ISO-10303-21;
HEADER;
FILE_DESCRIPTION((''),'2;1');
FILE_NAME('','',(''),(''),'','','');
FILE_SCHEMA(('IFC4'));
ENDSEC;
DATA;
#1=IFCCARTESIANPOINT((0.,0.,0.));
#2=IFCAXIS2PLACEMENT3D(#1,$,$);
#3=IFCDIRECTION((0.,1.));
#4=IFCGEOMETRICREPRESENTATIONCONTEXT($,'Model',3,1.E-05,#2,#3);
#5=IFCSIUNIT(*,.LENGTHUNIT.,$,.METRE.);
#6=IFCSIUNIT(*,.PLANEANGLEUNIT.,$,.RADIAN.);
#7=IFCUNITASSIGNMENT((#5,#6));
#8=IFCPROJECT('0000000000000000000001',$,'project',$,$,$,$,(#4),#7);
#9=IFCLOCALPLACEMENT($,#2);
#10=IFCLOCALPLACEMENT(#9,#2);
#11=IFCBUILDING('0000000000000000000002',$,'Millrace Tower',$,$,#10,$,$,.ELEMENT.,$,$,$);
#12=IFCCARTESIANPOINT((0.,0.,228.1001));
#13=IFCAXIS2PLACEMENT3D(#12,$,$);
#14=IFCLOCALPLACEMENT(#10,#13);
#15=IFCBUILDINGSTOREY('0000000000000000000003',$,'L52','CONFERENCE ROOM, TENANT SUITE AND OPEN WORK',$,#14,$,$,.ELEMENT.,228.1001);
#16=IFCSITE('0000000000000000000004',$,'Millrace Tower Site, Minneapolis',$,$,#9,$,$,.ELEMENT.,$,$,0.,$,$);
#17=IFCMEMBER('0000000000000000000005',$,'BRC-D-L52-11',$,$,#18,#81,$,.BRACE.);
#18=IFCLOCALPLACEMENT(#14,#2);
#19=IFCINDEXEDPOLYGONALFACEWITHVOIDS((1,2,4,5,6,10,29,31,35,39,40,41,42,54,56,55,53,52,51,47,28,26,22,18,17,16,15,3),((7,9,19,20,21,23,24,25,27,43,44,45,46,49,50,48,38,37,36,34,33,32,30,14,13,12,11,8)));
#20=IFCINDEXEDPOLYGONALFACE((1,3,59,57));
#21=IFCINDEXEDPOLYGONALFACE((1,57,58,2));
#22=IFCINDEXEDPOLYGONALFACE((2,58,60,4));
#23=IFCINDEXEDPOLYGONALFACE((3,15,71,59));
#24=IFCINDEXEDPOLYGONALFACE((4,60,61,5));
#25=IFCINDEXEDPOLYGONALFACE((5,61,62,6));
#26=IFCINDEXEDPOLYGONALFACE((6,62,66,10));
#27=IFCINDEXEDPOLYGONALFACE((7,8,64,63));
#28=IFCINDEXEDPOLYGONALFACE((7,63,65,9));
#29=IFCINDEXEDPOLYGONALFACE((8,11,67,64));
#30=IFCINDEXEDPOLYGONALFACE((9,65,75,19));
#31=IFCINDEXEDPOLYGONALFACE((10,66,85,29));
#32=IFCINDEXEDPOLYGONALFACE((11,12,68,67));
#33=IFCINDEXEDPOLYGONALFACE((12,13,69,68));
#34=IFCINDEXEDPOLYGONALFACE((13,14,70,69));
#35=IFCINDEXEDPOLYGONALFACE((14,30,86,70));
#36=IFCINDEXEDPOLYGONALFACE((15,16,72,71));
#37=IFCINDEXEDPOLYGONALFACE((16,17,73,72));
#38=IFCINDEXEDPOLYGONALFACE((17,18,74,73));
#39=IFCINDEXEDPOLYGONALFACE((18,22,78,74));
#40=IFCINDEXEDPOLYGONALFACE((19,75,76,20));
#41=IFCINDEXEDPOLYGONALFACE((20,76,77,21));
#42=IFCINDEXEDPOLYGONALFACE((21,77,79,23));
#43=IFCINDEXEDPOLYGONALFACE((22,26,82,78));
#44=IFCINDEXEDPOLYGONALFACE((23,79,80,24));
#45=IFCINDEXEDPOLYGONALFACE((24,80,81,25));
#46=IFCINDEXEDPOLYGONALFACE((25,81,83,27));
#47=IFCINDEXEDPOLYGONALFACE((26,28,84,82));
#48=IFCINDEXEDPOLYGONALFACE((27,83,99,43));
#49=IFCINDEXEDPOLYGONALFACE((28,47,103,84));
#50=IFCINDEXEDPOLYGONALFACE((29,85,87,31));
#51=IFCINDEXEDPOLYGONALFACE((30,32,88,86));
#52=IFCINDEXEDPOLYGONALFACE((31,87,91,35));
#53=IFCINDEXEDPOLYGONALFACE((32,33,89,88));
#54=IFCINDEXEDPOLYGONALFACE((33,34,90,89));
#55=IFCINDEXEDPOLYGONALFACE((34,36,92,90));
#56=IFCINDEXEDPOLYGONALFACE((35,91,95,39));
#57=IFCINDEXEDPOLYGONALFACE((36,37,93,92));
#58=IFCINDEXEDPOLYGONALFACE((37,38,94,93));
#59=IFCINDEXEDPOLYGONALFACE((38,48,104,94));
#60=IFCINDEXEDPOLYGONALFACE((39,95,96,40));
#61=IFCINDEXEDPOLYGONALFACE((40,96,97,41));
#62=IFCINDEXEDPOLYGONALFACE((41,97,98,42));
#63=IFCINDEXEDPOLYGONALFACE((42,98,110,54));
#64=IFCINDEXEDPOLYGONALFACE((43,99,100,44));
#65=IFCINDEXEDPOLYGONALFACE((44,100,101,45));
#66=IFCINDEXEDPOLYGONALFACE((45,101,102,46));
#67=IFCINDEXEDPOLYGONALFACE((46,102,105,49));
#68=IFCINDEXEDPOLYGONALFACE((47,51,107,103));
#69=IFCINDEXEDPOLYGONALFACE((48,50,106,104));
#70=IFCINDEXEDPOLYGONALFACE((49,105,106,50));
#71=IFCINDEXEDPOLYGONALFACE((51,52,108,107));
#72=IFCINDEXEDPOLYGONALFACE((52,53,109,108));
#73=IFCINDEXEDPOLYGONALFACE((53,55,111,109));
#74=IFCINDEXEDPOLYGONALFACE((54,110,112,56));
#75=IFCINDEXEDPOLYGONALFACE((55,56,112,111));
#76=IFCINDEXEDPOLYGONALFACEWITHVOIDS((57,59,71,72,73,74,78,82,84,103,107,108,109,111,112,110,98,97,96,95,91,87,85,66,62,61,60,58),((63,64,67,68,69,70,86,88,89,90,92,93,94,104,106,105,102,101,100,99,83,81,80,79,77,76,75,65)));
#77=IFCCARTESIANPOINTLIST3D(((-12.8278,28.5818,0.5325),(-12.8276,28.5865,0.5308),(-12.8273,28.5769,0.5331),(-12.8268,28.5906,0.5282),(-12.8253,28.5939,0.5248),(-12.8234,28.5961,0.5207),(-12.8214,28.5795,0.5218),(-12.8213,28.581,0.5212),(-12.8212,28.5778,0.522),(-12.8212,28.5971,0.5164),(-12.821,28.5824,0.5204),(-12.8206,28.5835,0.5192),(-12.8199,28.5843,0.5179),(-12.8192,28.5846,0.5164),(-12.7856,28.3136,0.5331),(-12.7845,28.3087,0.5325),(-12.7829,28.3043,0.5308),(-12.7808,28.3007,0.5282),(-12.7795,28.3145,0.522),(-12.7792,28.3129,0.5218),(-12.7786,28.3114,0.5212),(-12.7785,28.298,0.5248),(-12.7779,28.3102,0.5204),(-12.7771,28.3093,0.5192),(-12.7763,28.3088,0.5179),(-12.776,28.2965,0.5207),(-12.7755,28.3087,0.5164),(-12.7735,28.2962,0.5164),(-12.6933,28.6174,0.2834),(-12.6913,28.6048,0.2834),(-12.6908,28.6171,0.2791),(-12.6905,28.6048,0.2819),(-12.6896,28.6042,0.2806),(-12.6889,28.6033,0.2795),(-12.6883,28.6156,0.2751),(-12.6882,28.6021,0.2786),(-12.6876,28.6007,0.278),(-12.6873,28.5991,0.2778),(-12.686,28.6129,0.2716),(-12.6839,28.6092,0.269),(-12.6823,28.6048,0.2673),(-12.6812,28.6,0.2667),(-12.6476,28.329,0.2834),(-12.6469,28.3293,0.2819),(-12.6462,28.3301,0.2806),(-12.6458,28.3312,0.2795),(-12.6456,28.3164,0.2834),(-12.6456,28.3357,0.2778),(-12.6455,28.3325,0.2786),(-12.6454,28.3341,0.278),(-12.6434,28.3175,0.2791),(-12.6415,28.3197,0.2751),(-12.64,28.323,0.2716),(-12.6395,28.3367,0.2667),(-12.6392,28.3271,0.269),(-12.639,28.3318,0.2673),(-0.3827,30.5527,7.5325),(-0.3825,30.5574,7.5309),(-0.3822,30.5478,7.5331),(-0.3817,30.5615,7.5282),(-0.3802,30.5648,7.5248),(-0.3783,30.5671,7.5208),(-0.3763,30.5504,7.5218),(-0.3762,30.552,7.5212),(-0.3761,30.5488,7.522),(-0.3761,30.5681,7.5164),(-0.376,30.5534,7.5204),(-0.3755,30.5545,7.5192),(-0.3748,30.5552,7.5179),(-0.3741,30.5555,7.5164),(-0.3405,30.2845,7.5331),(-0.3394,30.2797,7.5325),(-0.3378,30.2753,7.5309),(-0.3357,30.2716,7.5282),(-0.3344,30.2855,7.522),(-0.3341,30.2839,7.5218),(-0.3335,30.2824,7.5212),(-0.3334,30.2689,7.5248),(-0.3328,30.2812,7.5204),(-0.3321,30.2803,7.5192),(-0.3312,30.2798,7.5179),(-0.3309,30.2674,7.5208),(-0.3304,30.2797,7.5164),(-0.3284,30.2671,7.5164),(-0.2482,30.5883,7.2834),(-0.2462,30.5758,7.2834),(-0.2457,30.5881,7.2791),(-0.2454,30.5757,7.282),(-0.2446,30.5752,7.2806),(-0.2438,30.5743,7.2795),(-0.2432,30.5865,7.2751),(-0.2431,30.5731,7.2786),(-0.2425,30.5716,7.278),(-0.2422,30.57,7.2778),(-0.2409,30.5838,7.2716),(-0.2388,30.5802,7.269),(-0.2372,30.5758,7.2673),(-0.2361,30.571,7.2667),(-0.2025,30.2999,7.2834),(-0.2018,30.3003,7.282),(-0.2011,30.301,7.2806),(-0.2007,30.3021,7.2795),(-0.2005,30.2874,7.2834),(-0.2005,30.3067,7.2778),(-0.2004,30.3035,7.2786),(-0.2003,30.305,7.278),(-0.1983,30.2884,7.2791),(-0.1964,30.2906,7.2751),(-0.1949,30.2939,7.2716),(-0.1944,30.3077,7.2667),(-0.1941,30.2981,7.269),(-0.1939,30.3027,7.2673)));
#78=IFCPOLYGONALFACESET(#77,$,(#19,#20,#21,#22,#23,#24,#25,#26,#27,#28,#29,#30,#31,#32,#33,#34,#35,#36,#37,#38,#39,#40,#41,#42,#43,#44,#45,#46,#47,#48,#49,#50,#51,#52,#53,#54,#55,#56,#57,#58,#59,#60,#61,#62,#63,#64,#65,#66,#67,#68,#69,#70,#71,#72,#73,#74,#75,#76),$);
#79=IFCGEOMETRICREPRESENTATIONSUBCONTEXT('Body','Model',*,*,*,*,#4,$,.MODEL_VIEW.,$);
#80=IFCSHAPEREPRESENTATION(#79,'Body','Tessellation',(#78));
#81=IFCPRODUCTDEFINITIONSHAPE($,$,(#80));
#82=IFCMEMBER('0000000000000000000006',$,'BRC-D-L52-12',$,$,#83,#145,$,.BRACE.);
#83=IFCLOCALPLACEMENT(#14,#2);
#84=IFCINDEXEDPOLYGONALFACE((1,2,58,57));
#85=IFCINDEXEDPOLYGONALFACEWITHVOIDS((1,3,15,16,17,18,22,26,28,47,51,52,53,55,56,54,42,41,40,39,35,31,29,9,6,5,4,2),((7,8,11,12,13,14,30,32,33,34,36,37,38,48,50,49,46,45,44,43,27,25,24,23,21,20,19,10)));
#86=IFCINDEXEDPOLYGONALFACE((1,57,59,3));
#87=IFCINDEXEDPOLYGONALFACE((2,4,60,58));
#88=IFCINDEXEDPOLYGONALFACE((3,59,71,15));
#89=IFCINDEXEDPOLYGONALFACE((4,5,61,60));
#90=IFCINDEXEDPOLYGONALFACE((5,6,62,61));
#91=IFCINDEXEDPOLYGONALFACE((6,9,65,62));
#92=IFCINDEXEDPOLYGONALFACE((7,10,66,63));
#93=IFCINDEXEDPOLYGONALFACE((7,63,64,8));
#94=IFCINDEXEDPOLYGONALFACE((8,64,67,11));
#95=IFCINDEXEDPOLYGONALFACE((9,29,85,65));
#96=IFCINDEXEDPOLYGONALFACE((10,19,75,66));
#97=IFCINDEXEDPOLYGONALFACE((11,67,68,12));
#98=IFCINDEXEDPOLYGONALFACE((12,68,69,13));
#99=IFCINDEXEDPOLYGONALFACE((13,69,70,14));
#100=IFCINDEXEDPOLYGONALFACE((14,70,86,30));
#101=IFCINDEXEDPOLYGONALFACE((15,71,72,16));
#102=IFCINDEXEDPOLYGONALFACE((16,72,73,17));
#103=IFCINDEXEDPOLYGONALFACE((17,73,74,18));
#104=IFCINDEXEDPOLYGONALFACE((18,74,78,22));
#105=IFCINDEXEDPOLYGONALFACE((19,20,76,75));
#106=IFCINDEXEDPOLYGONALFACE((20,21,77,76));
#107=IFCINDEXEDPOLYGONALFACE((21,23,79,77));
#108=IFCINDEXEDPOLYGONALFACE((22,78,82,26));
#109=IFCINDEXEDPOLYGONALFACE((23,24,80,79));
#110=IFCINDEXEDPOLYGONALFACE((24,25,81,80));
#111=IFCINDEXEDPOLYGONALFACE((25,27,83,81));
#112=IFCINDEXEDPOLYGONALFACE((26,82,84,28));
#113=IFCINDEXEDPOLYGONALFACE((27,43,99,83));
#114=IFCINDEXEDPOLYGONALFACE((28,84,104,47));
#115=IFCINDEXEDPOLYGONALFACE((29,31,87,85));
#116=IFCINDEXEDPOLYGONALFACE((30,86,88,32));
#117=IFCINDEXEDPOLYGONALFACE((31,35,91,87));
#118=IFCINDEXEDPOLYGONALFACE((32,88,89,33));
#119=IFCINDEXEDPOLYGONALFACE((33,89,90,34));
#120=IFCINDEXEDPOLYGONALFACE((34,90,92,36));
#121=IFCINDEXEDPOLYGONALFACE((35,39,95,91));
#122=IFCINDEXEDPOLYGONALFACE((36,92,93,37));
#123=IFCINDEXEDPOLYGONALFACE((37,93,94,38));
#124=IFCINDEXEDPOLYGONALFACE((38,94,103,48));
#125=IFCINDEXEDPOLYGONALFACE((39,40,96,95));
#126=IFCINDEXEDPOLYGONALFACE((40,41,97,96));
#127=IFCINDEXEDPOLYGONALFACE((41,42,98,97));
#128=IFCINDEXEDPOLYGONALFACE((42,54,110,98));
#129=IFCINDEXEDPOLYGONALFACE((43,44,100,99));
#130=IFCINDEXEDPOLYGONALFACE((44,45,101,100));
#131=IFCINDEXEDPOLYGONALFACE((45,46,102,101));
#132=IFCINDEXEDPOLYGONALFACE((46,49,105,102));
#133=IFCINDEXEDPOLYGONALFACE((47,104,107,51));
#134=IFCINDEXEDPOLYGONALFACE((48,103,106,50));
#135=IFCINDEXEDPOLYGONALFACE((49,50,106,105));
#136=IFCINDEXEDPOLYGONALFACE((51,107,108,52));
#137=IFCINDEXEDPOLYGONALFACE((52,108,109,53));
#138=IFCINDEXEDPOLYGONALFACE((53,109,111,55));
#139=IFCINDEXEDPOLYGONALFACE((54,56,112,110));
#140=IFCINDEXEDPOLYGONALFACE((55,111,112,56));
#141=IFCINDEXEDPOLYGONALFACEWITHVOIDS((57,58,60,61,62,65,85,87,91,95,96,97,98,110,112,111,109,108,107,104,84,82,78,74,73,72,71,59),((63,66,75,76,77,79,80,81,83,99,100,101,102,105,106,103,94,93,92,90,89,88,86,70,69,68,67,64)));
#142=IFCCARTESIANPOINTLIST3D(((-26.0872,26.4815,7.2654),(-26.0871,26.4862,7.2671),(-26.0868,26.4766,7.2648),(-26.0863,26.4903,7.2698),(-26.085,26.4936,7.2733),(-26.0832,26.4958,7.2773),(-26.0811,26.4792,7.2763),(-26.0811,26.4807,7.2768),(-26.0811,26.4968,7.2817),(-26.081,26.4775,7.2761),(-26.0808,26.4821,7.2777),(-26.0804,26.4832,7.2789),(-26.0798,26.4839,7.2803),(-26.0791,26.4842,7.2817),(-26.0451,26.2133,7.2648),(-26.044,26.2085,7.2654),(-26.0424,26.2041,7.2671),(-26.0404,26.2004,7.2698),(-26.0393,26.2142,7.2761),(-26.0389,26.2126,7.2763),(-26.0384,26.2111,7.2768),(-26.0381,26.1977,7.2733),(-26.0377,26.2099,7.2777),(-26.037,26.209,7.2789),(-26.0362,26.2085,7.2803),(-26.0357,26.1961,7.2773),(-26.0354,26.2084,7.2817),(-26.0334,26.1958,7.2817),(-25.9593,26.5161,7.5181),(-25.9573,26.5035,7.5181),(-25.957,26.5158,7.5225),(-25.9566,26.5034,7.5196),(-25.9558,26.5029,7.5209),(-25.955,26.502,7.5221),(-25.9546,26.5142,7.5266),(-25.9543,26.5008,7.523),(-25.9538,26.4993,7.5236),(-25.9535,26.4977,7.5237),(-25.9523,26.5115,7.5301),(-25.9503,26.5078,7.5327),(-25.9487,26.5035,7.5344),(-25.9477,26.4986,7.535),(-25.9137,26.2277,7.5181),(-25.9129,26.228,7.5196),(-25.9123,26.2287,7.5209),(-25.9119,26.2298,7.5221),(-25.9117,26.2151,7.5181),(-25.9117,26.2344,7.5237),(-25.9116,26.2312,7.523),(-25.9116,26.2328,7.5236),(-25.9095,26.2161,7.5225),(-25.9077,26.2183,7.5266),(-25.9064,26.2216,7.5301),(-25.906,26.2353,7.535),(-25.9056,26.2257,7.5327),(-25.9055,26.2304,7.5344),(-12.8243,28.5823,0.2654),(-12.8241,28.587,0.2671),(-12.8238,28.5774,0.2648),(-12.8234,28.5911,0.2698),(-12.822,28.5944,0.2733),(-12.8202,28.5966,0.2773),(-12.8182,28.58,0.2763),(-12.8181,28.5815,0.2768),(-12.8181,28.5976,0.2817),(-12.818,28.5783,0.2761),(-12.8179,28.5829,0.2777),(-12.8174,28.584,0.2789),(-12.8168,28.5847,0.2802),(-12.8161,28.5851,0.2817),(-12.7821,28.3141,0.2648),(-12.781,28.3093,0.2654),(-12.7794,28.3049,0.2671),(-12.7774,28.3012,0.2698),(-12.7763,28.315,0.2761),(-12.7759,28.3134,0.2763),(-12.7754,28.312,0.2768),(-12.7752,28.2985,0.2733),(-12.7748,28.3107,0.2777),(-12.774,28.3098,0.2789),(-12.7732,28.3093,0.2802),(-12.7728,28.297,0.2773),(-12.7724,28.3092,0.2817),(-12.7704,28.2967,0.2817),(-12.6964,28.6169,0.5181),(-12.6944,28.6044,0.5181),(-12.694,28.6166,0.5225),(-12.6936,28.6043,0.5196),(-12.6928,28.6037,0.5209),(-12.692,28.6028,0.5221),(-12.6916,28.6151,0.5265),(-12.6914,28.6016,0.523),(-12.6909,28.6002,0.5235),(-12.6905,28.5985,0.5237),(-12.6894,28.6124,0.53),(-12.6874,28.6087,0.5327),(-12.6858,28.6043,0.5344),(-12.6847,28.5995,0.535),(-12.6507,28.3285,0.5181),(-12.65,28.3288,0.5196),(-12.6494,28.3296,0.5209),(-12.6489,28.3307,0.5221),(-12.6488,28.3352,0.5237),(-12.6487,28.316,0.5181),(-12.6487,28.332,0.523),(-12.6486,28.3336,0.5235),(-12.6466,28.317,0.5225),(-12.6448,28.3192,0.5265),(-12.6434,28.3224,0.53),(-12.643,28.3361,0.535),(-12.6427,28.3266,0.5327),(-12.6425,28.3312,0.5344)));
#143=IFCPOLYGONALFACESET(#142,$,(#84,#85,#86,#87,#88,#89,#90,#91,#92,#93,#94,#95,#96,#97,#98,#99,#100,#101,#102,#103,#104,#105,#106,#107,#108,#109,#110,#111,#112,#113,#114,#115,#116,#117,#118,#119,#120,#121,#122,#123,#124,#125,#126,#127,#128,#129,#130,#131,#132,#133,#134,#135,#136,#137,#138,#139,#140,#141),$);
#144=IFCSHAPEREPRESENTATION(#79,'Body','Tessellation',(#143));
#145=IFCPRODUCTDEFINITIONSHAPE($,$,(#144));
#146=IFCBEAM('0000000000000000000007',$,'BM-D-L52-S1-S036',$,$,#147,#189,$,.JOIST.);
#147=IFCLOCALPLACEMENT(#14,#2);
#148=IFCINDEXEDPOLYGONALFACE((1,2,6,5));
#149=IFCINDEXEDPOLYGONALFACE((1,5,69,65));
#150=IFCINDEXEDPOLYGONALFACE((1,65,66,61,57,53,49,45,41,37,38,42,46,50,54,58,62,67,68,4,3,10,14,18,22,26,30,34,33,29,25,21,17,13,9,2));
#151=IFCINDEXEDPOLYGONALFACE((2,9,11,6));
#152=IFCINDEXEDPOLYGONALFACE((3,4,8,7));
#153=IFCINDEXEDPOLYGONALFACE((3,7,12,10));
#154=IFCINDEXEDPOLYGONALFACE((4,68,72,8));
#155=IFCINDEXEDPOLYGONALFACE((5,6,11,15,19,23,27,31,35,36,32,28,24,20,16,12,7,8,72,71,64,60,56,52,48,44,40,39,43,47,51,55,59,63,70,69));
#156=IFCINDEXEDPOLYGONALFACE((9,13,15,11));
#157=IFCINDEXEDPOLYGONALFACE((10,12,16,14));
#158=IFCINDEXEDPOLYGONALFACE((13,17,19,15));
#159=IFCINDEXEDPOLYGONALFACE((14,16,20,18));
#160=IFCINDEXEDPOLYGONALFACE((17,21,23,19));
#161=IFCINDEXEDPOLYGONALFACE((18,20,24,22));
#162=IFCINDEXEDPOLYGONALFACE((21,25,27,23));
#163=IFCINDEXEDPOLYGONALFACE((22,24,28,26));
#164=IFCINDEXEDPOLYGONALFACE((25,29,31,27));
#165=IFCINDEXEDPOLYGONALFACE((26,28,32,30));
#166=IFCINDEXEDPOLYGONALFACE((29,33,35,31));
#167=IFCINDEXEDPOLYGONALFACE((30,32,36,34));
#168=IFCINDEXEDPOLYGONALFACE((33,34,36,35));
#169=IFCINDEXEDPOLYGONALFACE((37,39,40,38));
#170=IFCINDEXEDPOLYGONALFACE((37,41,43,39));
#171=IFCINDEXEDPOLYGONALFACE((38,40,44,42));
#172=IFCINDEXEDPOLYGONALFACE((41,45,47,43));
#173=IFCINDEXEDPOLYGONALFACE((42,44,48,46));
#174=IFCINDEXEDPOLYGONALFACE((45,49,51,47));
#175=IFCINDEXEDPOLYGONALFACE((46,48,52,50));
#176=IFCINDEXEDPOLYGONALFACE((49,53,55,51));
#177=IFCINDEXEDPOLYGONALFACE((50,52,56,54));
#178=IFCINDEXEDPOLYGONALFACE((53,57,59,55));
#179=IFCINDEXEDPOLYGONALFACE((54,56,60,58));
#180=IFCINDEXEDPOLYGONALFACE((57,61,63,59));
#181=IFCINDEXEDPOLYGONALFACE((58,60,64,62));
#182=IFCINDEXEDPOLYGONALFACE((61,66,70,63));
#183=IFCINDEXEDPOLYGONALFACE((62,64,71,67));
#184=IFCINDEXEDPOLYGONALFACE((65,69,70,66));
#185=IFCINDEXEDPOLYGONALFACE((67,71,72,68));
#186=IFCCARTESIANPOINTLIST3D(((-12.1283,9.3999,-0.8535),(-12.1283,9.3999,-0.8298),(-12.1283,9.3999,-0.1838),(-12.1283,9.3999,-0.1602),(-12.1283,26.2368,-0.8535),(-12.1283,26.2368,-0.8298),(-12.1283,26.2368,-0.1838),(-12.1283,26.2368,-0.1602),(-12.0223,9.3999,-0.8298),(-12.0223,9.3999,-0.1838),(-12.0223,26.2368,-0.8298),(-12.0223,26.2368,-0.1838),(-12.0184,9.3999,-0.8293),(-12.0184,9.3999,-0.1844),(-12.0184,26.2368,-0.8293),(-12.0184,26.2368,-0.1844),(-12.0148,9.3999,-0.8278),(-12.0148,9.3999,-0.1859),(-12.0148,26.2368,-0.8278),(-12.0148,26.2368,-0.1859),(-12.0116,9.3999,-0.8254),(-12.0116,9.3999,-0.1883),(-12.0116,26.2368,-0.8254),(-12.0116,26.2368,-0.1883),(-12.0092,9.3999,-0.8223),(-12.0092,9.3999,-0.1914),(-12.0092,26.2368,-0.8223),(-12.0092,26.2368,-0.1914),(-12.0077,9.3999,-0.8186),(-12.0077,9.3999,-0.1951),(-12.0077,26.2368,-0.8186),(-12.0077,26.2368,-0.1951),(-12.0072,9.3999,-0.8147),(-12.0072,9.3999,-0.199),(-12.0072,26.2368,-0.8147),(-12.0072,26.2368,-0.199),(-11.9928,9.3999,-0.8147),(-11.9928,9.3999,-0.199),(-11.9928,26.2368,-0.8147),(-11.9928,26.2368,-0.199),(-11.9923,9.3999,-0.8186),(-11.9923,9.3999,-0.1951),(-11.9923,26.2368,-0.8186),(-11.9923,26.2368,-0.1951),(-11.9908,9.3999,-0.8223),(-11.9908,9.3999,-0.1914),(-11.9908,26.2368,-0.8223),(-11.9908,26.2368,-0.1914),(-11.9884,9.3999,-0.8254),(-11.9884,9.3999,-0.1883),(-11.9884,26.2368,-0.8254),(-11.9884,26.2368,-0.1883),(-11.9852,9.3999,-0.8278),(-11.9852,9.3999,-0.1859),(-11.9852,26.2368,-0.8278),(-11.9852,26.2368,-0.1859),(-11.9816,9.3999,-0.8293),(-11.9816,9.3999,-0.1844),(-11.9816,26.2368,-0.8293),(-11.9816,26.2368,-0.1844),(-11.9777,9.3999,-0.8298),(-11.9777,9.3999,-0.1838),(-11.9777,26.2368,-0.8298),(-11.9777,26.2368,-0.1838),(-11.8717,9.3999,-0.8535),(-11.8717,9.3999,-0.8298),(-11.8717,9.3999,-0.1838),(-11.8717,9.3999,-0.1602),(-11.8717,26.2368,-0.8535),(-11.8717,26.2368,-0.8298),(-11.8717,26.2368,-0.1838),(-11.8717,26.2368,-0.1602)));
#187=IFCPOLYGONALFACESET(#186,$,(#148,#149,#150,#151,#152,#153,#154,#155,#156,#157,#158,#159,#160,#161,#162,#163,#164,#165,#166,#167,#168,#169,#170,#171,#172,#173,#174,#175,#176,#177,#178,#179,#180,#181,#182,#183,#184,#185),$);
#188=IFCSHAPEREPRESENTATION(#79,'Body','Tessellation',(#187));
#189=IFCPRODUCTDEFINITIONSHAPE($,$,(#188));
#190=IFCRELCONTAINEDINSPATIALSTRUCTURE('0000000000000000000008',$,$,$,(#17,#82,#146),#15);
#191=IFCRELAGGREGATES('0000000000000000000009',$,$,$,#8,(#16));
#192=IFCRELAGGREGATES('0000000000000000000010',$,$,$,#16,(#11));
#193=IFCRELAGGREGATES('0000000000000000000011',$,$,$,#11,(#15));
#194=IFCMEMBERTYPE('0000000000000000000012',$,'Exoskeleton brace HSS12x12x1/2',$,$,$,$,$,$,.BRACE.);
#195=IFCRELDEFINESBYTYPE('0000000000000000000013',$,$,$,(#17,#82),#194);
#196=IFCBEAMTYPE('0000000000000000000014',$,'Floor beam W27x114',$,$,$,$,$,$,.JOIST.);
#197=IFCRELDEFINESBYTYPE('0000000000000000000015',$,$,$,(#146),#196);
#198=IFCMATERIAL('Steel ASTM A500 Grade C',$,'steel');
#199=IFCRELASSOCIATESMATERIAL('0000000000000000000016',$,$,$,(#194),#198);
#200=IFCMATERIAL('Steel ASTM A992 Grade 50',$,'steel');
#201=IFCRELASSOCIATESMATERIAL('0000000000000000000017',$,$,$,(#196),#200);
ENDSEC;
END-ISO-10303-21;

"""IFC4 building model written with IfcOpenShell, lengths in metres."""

from ifc_helpers import new_model, si_unit, direction, frame, origin, origin_2d, place, context, subcontext, project, spatial, hollow_rectangle, i_section, extrude, material, material_profile, profile_set, type_object, element, save


model = new_model("IFC4")

# Units and contexts
model_context = context("Model", 3, precision=1e-05, world=origin(), true_north=direction((0.0, 1.0)))
body_context = subcontext(model_context, "Body", "Model", "MODEL_VIEW")
ifc_project = project(units=[si_unit("LENGTHUNIT", "METRE"), si_unit("PLANEANGLEUNIT", "RADIAN")], contexts=[model_context])

# Site, building, storey
site_placement = place(None, origin())
site = spatial("IfcSite", under=ifc_project, at=site_placement, Name="Millrace Tower Site, Minneapolis", CompositionType="ELEMENT", RefElevation=0.0)
building_placement = place(site_placement, origin())
building = spatial("IfcBuilding", under=site, at=building_placement, Name="Millrace Tower", CompositionType="ELEMENT")
storey_placement = place(building_placement, frame((0.0, 0.0, 228.1001)))
storey = spatial("IfcBuildingStorey", under=building, at=storey_placement, Name="L52", Description="CONFERENCE ROOM, TENANT SUITE AND OPEN WORK", CompositionType="ELEMENT", Elevation=228.1001)

# Members
ifc_material_1 = material(Name="Steel ASTM A500 Grade C", Category="steel")
ifc_material_profile_1 = material_profile(ifc_material_1, hollow_rectangle(XDim=0.3047, YDim=0.3047, WallThickness=0.0127, InnerFilletRadius=0.0063, OuterFilletRadius=0.019, at=origin_2d()))
ifc_profile_set_1 = profile_set([ifc_material_profile_1], Name="Steel ASTM A500 Grade C")
member_type_1 = type_object("IfcMemberType", Name="Exoskeleton brace HSS12x12x1/2", PredefinedType="BRACE", material=ifc_profile_set_1)
member_1_placement = place(storey_placement, frame((-12.7334, 28.4568, 0.3999), z_axis=(0.863399, 0.136738, 0.485638), x_axis=(-0.156422, 0.98769, 0.0)))
element("IfcMember", 1, at=member_1_placement, inside=storey, type_object=member_type_1, Name="BRC-D-L52-11", PredefinedType="BRACE", context=body_context, shape_type="SweptSolid", body=[
    extrude(hollow_rectangle(XDim=0.3047, YDim=0.3047, WallThickness=0.0127, InnerFilletRadius=0.0063, OuterFilletRadius=0.019, at=origin_2d()), origin(), (0.0, 0.0, 1.0), 14.4141),
])
member_2_placement = place(storey_placement, frame((-12.7334, 28.4568, 0.3999), z_axis=(-0.87583, -0.13873, 0.462251), x_axis=(0.156448, -0.987686, 0.0)))
element("IfcMember", 2, at=member_2_placement, inside=storey, type_object=member_type_1, Name="BRC-D-L52-12", PredefinedType="BRACE", context=body_context, shape_type="SweptSolid", body=[
    extrude(hollow_rectangle(XDim=0.3047, YDim=0.3047, WallThickness=0.0127, InnerFilletRadius=0.0063, OuterFilletRadius=0.019, at=origin_2d()), origin(), (0.0, 0.0, 1.0), 15.1433),
])

# Beam
ifc_material_2 = material(Name="Steel ASTM A992 Grade 50", Category="steel")
ifc_material_profile_2 = material_profile(ifc_material_2, i_section(OverallWidth=0.2566, OverallDepth=0.6934, WebThickness=0.0144, FlangeThickness=0.0237, FilletRadius=0.0151, at=origin_2d()))
ifc_profile_set_2 = profile_set([ifc_material_profile_2], Name="Steel ASTM A992 Grade 50")
beam_type_1 = type_object("IfcBeamType", Name="Floor beam W27x114", PredefinedType="JOIST", material=ifc_profile_set_2)
beam_1_placement = place(storey_placement, frame((-12.0, 9.3999, -0.5068), z_axis=(0.0, 1.0, 0.0), x_axis=(-1.0, 0.0, 0.0)))
element("IfcBeam", 3, at=beam_1_placement, inside=storey, type_object=beam_type_1, Name="BM-D-L52-S1-S036", PredefinedType="JOIST", context=body_context, shape_type="SweptSolid", body=[
    extrude(i_section(OverallWidth=0.2566, OverallDepth=0.6934, WebThickness=0.0144, FlangeThickness=0.0237, FilletRadius=0.0151, at=origin_2d()), origin(), (0.0, 0.0, 1.0), 16.8369),
])

save(model, "model.ifc")
